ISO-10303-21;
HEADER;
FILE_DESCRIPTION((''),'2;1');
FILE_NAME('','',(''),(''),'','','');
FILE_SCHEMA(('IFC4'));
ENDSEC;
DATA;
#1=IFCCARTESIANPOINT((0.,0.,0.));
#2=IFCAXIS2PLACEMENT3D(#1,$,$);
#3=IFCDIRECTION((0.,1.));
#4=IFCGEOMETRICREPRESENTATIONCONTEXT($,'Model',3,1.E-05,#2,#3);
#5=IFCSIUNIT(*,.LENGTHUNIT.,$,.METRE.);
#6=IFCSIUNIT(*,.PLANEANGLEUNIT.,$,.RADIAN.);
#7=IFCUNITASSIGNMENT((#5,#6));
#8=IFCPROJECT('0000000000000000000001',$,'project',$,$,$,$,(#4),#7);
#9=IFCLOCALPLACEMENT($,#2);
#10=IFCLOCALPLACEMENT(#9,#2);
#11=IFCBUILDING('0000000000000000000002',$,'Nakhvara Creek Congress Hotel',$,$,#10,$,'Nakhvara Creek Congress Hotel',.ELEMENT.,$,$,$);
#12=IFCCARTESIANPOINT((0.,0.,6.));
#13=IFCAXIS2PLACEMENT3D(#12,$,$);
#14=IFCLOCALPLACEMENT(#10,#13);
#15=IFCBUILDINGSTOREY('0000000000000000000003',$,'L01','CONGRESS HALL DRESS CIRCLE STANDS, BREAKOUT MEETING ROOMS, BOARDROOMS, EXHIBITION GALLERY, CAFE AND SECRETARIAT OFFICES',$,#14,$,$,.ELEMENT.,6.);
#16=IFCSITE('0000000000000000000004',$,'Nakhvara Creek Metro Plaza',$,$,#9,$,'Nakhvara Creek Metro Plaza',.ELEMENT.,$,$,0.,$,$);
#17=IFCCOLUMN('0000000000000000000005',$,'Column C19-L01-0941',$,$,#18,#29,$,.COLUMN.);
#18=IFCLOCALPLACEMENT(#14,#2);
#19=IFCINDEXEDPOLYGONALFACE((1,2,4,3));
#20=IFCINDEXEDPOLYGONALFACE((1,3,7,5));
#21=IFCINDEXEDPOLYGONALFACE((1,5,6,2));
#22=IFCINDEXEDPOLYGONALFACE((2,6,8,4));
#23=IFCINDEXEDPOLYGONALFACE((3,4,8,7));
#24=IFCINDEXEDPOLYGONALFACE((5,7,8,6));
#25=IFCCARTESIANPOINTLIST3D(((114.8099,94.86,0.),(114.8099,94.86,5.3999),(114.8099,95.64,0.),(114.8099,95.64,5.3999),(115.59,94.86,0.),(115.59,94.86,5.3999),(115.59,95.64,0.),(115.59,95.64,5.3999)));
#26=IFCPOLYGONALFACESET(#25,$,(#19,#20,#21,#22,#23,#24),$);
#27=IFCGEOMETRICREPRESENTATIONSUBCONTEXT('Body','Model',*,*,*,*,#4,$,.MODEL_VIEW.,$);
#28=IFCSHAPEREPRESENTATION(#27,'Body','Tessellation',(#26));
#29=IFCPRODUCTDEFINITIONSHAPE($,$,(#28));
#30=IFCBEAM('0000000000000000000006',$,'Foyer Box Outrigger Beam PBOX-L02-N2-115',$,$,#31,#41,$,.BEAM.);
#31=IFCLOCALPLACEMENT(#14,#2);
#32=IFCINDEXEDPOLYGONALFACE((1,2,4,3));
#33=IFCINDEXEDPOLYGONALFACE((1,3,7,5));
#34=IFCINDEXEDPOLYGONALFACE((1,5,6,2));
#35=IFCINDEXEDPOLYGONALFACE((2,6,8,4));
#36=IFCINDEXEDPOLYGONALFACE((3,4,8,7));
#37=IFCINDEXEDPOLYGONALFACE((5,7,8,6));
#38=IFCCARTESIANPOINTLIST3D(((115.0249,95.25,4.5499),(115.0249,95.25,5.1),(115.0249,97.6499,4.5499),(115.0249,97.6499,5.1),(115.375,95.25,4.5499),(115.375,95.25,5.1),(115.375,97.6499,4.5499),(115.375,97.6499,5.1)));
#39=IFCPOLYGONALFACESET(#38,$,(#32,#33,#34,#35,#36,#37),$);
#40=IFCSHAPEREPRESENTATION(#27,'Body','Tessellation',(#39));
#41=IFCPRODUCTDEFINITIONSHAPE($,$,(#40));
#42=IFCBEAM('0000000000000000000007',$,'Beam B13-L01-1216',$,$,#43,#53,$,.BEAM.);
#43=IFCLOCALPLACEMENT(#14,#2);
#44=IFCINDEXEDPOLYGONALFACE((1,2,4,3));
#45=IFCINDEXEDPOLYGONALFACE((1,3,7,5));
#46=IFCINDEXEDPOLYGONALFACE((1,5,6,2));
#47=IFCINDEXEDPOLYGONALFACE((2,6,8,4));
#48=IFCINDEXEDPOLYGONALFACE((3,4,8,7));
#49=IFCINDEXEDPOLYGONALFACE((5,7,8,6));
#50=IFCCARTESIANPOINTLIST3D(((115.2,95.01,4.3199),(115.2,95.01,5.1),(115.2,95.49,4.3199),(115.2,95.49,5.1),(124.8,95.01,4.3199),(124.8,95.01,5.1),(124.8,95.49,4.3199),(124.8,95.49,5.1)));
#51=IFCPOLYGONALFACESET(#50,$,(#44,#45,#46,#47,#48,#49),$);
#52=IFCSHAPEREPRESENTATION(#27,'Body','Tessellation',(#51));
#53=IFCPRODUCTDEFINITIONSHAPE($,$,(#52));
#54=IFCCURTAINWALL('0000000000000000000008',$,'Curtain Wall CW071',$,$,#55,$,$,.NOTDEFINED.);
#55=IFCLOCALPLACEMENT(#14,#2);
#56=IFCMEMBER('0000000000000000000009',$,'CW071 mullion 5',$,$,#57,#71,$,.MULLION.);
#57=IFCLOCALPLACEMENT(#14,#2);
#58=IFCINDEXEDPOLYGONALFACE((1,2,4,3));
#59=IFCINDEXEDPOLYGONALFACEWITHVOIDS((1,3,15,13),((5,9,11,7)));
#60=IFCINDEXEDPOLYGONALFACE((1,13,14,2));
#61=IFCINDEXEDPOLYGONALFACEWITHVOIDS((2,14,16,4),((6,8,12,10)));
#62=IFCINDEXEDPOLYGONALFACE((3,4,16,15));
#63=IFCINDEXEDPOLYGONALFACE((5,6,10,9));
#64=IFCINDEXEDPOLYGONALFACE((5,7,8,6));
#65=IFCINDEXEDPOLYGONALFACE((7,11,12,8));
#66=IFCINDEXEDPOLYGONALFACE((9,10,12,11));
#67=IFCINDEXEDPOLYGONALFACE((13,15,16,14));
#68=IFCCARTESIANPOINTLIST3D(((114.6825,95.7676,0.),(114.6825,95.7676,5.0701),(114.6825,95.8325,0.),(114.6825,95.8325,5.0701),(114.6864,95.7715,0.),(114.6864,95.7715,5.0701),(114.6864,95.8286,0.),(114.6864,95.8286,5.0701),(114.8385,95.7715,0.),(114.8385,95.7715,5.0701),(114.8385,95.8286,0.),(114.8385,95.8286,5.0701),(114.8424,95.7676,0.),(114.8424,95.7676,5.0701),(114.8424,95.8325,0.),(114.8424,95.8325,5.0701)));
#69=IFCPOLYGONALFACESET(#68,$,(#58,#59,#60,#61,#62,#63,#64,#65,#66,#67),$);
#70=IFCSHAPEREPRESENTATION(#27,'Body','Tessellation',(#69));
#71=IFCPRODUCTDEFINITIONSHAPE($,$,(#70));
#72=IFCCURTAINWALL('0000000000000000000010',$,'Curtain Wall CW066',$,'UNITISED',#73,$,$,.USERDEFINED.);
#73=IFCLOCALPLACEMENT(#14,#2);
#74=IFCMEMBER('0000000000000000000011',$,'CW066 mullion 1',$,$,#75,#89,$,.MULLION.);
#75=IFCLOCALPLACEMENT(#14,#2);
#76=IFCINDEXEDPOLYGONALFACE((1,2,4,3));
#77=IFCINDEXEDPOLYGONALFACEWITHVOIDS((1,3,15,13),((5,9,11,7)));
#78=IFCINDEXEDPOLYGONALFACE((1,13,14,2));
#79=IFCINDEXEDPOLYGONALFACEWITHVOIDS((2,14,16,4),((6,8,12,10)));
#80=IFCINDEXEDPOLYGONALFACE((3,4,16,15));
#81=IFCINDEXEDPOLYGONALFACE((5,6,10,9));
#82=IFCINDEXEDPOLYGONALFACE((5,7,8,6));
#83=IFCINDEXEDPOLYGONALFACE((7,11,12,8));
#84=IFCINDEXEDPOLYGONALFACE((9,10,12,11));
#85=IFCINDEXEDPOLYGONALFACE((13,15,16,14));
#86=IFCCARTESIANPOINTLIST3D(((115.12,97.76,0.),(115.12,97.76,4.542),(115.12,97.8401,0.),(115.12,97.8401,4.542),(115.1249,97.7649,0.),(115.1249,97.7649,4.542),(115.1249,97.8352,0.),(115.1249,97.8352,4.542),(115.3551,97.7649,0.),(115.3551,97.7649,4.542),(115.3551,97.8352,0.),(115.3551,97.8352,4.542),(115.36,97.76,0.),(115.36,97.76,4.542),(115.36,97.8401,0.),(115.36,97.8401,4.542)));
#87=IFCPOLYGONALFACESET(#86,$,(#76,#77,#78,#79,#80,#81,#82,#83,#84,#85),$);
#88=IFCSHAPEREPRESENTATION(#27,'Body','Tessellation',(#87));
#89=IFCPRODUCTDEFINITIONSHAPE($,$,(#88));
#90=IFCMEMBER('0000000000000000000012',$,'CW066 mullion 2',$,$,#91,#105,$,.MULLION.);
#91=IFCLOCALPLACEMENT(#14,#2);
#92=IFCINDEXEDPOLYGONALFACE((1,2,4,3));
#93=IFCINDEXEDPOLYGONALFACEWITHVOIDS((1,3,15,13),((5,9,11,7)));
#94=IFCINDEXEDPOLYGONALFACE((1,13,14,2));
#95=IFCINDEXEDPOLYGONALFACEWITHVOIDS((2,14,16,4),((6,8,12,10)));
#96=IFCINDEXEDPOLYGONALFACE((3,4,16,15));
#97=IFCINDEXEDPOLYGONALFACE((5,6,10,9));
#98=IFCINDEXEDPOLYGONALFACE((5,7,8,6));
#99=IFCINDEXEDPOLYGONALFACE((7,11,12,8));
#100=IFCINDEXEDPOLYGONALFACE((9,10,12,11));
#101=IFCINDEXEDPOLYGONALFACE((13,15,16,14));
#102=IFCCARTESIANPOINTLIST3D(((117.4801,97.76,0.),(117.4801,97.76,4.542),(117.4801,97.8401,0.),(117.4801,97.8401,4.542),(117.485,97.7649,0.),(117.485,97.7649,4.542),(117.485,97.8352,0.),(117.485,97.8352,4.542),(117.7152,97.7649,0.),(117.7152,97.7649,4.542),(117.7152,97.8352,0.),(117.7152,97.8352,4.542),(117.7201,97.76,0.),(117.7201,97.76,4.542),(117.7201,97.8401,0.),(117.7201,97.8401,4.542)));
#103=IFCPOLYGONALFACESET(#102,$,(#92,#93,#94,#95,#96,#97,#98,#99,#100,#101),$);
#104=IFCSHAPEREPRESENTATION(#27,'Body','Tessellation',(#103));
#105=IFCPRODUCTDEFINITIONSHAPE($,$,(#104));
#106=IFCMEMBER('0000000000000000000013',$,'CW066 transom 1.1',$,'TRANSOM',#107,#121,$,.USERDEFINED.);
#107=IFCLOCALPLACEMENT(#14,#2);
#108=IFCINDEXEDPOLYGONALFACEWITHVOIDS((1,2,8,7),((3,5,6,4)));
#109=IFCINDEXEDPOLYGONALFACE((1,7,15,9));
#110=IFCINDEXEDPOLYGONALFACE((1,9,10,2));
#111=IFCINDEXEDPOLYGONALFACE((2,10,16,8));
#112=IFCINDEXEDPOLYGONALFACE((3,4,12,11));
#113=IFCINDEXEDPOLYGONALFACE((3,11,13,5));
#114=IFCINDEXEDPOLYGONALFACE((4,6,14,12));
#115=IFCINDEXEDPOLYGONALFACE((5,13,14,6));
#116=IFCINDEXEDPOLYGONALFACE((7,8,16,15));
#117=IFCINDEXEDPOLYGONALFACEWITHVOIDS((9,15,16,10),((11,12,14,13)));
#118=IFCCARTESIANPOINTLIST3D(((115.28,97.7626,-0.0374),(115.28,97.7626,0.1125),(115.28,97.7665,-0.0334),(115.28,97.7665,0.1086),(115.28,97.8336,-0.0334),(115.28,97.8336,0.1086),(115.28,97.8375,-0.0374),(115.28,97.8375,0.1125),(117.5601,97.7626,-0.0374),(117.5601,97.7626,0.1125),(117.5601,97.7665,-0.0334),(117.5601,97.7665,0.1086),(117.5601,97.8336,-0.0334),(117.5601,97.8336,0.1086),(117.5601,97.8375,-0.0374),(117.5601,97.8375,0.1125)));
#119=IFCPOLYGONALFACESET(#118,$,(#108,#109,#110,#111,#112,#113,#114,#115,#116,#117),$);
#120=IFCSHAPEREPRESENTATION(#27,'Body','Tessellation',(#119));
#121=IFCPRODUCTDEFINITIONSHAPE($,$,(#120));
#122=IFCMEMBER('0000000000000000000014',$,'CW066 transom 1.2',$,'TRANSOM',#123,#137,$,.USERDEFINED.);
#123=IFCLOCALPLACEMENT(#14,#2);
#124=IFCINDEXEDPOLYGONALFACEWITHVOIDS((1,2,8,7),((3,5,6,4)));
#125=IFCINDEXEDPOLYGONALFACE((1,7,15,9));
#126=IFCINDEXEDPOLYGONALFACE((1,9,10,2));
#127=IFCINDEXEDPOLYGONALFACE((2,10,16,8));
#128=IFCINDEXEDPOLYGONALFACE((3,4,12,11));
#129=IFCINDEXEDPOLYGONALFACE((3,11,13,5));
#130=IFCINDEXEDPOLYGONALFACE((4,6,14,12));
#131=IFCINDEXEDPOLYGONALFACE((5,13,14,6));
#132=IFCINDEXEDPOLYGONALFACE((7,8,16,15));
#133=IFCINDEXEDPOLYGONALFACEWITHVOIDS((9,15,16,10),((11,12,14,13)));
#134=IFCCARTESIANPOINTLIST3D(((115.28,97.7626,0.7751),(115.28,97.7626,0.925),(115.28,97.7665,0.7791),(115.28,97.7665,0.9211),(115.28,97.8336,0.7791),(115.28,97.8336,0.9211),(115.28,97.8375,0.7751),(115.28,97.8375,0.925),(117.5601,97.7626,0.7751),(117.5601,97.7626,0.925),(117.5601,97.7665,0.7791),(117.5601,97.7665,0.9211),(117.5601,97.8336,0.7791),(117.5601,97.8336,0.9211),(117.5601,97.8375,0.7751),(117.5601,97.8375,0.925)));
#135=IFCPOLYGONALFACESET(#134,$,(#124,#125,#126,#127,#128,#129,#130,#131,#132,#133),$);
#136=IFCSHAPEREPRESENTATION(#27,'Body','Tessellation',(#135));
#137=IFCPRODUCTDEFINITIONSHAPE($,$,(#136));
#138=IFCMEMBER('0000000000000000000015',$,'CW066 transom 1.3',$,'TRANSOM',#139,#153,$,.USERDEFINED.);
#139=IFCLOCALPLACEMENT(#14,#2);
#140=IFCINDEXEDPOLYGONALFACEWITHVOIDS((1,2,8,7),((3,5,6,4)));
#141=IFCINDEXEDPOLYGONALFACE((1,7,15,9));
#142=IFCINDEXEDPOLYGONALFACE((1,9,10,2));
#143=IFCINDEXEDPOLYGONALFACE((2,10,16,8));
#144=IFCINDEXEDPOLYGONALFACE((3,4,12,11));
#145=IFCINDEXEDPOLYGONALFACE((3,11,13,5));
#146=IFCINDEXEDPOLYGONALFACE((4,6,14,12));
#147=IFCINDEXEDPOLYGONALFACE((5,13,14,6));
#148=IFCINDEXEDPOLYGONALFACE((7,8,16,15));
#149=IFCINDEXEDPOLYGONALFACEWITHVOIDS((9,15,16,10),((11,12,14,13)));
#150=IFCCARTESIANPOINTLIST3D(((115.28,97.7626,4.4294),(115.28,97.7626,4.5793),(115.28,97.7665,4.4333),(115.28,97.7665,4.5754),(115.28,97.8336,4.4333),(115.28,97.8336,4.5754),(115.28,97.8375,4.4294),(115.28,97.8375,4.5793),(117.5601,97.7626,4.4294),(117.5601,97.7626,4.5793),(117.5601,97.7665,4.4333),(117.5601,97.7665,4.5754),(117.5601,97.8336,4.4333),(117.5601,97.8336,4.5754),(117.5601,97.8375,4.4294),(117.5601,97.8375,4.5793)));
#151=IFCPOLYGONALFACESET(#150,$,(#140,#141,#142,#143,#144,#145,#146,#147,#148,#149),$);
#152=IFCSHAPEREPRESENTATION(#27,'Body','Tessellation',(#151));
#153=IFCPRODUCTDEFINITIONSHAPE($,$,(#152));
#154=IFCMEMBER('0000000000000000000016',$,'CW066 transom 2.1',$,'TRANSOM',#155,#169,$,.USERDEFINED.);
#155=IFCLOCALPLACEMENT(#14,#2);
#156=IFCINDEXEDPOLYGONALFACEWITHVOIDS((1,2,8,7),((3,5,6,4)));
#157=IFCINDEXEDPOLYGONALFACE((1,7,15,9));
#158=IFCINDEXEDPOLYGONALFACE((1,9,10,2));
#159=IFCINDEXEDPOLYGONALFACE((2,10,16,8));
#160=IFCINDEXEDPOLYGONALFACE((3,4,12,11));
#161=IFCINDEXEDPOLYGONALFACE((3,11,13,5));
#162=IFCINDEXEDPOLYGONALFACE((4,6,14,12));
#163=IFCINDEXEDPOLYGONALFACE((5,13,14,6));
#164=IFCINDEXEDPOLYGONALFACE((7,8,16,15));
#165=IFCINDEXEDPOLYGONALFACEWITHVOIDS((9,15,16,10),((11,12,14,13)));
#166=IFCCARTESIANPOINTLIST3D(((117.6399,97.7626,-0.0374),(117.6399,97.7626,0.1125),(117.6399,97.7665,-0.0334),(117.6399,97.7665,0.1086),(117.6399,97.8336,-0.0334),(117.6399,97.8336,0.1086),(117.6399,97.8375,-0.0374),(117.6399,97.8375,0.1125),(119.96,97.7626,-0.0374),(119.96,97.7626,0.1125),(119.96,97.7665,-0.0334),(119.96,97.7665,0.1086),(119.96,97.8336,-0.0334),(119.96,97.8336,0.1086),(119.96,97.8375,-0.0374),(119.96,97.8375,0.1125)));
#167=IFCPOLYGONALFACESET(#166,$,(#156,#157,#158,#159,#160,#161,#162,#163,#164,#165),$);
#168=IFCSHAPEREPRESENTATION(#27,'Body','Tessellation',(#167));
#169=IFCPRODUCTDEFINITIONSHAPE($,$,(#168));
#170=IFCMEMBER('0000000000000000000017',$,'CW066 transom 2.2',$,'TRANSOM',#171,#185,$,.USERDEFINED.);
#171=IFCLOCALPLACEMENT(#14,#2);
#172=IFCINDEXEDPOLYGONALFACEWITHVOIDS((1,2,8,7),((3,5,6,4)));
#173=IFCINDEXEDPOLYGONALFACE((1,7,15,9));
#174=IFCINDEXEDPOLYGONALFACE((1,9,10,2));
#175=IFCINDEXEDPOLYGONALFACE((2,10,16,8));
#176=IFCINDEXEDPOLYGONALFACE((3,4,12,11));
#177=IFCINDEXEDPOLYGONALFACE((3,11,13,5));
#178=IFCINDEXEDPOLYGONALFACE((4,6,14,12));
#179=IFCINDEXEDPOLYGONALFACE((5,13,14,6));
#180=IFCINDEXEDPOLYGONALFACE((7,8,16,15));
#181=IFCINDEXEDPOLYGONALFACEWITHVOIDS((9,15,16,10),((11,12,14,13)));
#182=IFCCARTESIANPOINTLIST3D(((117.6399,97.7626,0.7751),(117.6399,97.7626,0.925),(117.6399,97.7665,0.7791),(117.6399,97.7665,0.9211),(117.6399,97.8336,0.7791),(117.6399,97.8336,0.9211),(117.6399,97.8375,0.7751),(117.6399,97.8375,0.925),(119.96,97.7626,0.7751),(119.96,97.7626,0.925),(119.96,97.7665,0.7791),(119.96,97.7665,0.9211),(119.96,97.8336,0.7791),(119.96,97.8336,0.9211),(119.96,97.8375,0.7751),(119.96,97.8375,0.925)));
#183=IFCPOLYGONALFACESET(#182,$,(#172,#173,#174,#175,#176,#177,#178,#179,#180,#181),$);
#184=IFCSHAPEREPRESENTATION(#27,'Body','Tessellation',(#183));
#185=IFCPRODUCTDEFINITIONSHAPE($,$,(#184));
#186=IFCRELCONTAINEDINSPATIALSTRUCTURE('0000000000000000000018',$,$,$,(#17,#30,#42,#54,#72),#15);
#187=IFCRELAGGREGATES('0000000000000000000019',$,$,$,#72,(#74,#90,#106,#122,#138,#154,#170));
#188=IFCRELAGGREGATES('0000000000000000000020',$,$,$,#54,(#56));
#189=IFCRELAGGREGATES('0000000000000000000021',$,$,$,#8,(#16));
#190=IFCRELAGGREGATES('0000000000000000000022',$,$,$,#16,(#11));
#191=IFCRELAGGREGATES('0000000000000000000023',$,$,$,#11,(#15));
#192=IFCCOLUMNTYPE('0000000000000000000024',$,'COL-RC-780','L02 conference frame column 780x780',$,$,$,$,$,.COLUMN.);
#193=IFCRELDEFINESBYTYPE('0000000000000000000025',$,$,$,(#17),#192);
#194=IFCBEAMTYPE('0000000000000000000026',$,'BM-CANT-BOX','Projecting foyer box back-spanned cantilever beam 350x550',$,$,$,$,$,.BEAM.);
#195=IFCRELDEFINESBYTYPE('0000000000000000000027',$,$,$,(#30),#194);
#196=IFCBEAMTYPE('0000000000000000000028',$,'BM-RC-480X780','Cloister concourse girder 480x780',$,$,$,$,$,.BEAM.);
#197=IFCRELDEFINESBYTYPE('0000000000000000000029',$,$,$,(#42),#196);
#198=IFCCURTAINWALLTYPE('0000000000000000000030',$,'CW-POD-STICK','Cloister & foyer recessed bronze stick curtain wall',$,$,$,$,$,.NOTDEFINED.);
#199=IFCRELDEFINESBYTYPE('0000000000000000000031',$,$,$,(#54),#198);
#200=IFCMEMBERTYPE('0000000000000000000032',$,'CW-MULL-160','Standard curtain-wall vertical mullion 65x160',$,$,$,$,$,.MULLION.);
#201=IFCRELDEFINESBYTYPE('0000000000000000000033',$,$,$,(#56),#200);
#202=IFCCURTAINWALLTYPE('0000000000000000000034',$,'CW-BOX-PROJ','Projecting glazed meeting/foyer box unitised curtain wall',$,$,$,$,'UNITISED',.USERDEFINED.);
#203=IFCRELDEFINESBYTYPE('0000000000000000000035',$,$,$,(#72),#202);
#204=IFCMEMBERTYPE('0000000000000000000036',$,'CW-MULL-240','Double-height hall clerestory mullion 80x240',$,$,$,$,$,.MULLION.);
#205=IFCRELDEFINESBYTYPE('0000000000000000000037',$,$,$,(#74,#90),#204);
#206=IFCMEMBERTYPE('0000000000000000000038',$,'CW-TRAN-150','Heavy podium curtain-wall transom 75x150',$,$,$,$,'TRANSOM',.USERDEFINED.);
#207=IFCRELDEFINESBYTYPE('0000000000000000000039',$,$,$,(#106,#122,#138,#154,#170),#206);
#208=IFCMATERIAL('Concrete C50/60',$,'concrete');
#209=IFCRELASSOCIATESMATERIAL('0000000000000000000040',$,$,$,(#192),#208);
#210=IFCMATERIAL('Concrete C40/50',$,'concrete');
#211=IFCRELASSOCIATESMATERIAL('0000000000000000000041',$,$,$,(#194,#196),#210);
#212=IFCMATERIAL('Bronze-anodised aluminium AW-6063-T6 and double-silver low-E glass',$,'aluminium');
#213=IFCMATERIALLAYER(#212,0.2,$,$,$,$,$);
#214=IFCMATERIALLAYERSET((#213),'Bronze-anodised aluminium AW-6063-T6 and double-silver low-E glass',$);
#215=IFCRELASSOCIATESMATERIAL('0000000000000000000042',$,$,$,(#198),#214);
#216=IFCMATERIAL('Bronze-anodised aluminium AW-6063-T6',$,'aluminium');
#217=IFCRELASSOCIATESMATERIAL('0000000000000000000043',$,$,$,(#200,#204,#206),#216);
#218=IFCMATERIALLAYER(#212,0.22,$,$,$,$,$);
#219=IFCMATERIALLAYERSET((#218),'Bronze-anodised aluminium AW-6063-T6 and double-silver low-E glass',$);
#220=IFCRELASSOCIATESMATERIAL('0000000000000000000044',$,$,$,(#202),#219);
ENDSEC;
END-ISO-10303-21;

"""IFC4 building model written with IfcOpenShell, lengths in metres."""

from ifc_helpers import new_model, si_unit, direction, frame, origin, origin_2d, place, context, subcontext, project, spatial, rectangle, hollow_rectangle, extrude, material, layer, layer_set, material_profile, profile_set, type_object, element, aggregate, save


model = new_model("IFC4")

# Units and contexts
model_context = context("Model", 3, precision=1e-05, world=origin(), true_north=direction((0.0, 1.0)))
body_context = subcontext(model_context, "Body", "Model", "MODEL_VIEW")
ifc_project = project(units=[si_unit("LENGTHUNIT", "METRE"), si_unit("PLANEANGLEUNIT", "RADIAN")], contexts=[model_context])

# Site, building, storey
site_placement = place(None, origin())
site = spatial("IfcSite", under=ifc_project, at=site_placement, Name="Nakhvara Creek Metro Plaza", LongName="Nakhvara Creek Metro Plaza", CompositionType="ELEMENT", RefElevation=0.0)
building_placement = place(site_placement, origin())
building = spatial("IfcBuilding", under=site, at=building_placement, Name="Nakhvara Creek Congress Hotel", LongName="Nakhvara Creek Congress Hotel", CompositionType="ELEMENT")
storey_placement = place(building_placement, frame((0.0, 0.0, 6.0)))
storey = spatial("IfcBuildingStorey", under=building, at=storey_placement, Name="L01", Description="CONGRESS HALL DRESS CIRCLE STANDS, BREAKOUT MEETING ROOMS, BOARDROOMS, EXHIBITION GALLERY, CAFE AND SECRETARIAT OFFICES", CompositionType="ELEMENT", Elevation=6.0)

# Column
ifc_material_1 = material(Name="Concrete C50/60", Category="concrete")
ifc_material_profile_1 = material_profile(ifc_material_1, rectangle(XDim=0.78, YDim=0.78, at=origin_2d()), Name="RC-COL 780x780", Category="LoadBearing")
ifc_profile_set_1 = profile_set([ifc_material_profile_1], Name="Concrete C50/60")
column_type = type_object("IfcColumnType", Name="COL-RC-780", Description="L02 conference frame column 780x780", PredefinedType="COLUMN", material=ifc_profile_set_1)
column_placement = place(storey_placement, frame((115.2, 95.25, 0.0), z_axis=(0.0, 0.0, 1.0), x_axis=(1.0, 0.0, 0.0)))
element("IfcColumn", 1, at=column_placement, inside=storey, type_object=column_type, Name="Column C19-L01-0941", PredefinedType="COLUMN", context=body_context, shape_type="SweptSolid", body=[
    extrude(rectangle(XDim=0.78, YDim=0.78, at=origin_2d()), origin(), (0.0, 0.0, 1.0), 5.3999),
])

# Beams
ifc_material_2 = material(Name="Concrete C40/50", Category="concrete")
ifc_material_profile_2 = material_profile(ifc_material_2, rectangle(XDim=0.3501, YDim=0.55, at=origin_2d()), Name="RC-BM 350x550", Category="LoadBearing")
ifc_profile_set_2 = profile_set([ifc_material_profile_2], Name="Concrete C40/50")
beam_type_1 = type_object("IfcBeamType", Name="BM-CANT-BOX", Description="Projecting foyer box back-spanned cantilever beam 350x550", PredefinedType="BEAM", material=ifc_profile_set_2)
beam_1_placement = place(storey_placement, frame((115.2, 95.25, 4.825), z_axis=(0.0, 1.0, 0.0), x_axis=(-1.0, 0.0, 0.0)))
element("IfcBeam", 2, at=beam_1_placement, inside=storey, type_object=beam_type_1, Name="Foyer Box Outrigger Beam PBOX-L02-N2-115", PredefinedType="BEAM", context=body_context, shape_type="SweptSolid", body=[
    extrude(rectangle(XDim=0.3501, YDim=0.55, at=origin_2d()), origin(), (0.0, 0.0, 1.0), 2.3999),
])
ifc_material_profile_3 = material_profile(ifc_material_2, rectangle(XDim=0.48, YDim=0.78, at=origin_2d()), Name="RC-BM 480x780", Category="LoadBearing")
ifc_profile_set_3 = profile_set([ifc_material_profile_3], Name="Concrete C40/50")
beam_type_2 = type_object("IfcBeamType", Name="BM-RC-480X780", Description="Cloister concourse girder 480x780", PredefinedType="BEAM", material=ifc_profile_set_3)
beam_2_placement = place(storey_placement, frame((115.2, 95.25, 4.71), z_axis=(1.0, 0.0, 0.0), x_axis=(0.0, 1.0, 0.0)))
element("IfcBeam", 3, at=beam_2_placement, inside=storey, type_object=beam_type_2, Name="Beam B13-L01-1216", PredefinedType="BEAM", context=body_context, shape_type="SweptSolid", body=[
    extrude(rectangle(XDim=0.48, YDim=0.78, at=origin_2d()), origin(), (0.0, 0.0, 1.0), 9.6001),
])

# Curtain wall, member
ifc_material_3 = material(Name="Bronze-anodised aluminium AW-6063-T6 and double-silver low-E glass", Category="aluminium")
ifc_layer_1 = layer(ifc_material_3, 0.2)
ifc_layer_set_1 = layer_set([ifc_layer_1], Name="Bronze-anodised aluminium AW-6063-T6 and double-silver low-E glass")
curtain_wall_type_1 = type_object("IfcCurtainWallType", Name="CW-POD-STICK", Description="Cloister & foyer recessed bronze stick curtain wall", PredefinedType="NOTDEFINED", material=ifc_layer_set_1)
curtain_wall_1_placement = place(storey_placement, origin())
curtain_wall_1 = element("IfcCurtainWall", 4, at=curtain_wall_1_placement, inside=storey, type_object=curtain_wall_type_1, Name="Curtain Wall CW071", PredefinedType="NOTDEFINED")
ifc_material_4 = material(Name="Bronze-anodised aluminium AW-6063-T6", Category="aluminium")
ifc_material_profile_4 = material_profile(ifc_material_4, hollow_rectangle(XDim=0.0649, YDim=0.1599, WallThickness=0.0039, at=origin_2d()), Name="ALU-MULL 65x160x4", Category="LoadBearing")
ifc_profile_set_4 = profile_set([ifc_material_profile_4], Name="Bronze-anodised aluminium AW-6063-T6")
member_type_1 = type_object("IfcMemberType", Name="CW-MULL-160", Description="Standard curtain-wall vertical mullion 65x160", PredefinedType="MULLION", material=ifc_profile_set_4)
member_1_placement = place(storey_placement, frame((114.7625, 95.8, 0.0), z_axis=(0.0, 0.0, 1.0), x_axis=(0.0, 1.0, 0.0)))
member_1 = element("IfcMember", 5, at=member_1_placement, type_object=member_type_1, Name="CW071 mullion 5", PredefinedType="MULLION", context=body_context, shape_type="SweptSolid", body=[
    extrude(hollow_rectangle(XDim=0.0649, YDim=0.1599, WallThickness=0.0039, at=origin_2d()), origin(), (0.0, 0.0, 1.0), 5.0701),
])

# Curtain wall, members
ifc_layer_2 = layer(ifc_material_3, 0.22)
ifc_layer_set_2 = layer_set([ifc_layer_2], Name="Bronze-anodised aluminium AW-6063-T6 and double-silver low-E glass")
curtain_wall_type_2 = type_object("IfcCurtainWallType", Name="CW-BOX-PROJ", Description="Projecting glazed meeting/foyer box unitised curtain wall", ElementType="UNITISED", PredefinedType="USERDEFINED", material=ifc_layer_set_2)
curtain_wall_2_placement = place(storey_placement, origin())
curtain_wall_2 = element("IfcCurtainWall", 6, at=curtain_wall_2_placement, inside=storey, type_object=curtain_wall_type_2, Name="Curtain Wall CW066", ObjectType="UNITISED", PredefinedType="USERDEFINED")
ifc_material_profile_5 = material_profile(ifc_material_4, hollow_rectangle(XDim=0.0801, YDim=0.24, WallThickness=0.0049, at=origin_2d()), Name="ALU-MULL 80x240x5", Category="LoadBearing")
ifc_profile_set_5 = profile_set([ifc_material_profile_5], Name="Bronze-anodised aluminium AW-6063-T6")
member_type_2 = type_object("IfcMemberType", Name="CW-MULL-240", Description="Double-height hall clerestory mullion 80x240", PredefinedType="MULLION", material=ifc_profile_set_5)
member_2_placement = place(storey_placement, frame((115.24, 97.8, 0.0), z_axis=(0.0, 0.0, 1.0), x_axis=(0.0, 1.0, 0.0)))
member_2 = element("IfcMember", 7, at=member_2_placement, type_object=member_type_2, Name="CW066 mullion 1", PredefinedType="MULLION", context=body_context, shape_type="SweptSolid", body=[
    extrude(hollow_rectangle(XDim=0.0801, YDim=0.24, WallThickness=0.0049, at=origin_2d()), origin(), (0.0, 0.0, 1.0), 4.542),
])
member_3_placement = place(storey_placement, frame((117.6001, 97.8, 0.0), z_axis=(0.0, 0.0, 1.0), x_axis=(0.0, 1.0, 0.0)))
member_3 = element("IfcMember", 8, at=member_3_placement, type_object=member_type_2, Name="CW066 mullion 2", PredefinedType="MULLION", context=body_context, shape_type="SweptSolid", body=[
    extrude(hollow_rectangle(XDim=0.0801, YDim=0.24, WallThickness=0.0049, at=origin_2d()), origin(), (0.0, 0.0, 1.0), 4.542),
])
ifc_material_profile_6 = material_profile(ifc_material_4, hollow_rectangle(XDim=0.075, YDim=0.1499, WallThickness=0.0039, at=origin_2d()), Name="ALU-TRAN 75x150x4", Category="LoadBearing")
ifc_profile_set_6 = profile_set([ifc_material_profile_6], Name="Bronze-anodised aluminium AW-6063-T6")
member_type_3 = type_object("IfcMemberType", Name="CW-TRAN-150", Description="Heavy podium curtain-wall transom 75x150", ElementType="TRANSOM", PredefinedType="USERDEFINED", material=ifc_profile_set_6)
member_4_placement = place(storey_placement, frame((115.28, 97.8, 0.0376), z_axis=(1.0, 0.0, 0.0), x_axis=(0.0, 1.0, 0.0)))
member_4 = element("IfcMember", 9, at=member_4_placement, type_object=member_type_3, Name="CW066 transom 1.1", ObjectType="TRANSOM", PredefinedType="USERDEFINED", context=body_context, shape_type="SweptSolid", body=[
    extrude(hollow_rectangle(XDim=0.075, YDim=0.1499, WallThickness=0.0039, at=origin_2d()), origin(), (0.0, 0.0, 1.0), 2.28),
])
member_5_placement = place(storey_placement, frame((115.28, 97.8, 0.8501), z_axis=(1.0, 0.0, 0.0), x_axis=(0.0, 1.0, 0.0)))
member_5 = element("IfcMember", 10, at=member_5_placement, type_object=member_type_3, Name="CW066 transom 1.2", ObjectType="TRANSOM", PredefinedType="USERDEFINED", context=body_context, shape_type="SweptSolid", body=[
    extrude(hollow_rectangle(XDim=0.075, YDim=0.1499, WallThickness=0.0039, at=origin_2d()), origin(), (0.0, 0.0, 1.0), 2.28),
])
member_6_placement = place(storey_placement, frame((115.28, 97.8, 4.5044), z_axis=(1.0, 0.0, 0.0), x_axis=(0.0, 1.0, 0.0)))
member_6 = element("IfcMember", 11, at=member_6_placement, type_object=member_type_3, Name="CW066 transom 1.3", ObjectType="TRANSOM", PredefinedType="USERDEFINED", context=body_context, shape_type="SweptSolid", body=[
    extrude(hollow_rectangle(XDim=0.075, YDim=0.1499, WallThickness=0.0039, at=origin_2d()), origin(), (0.0, 0.0, 1.0), 2.28),
])
member_7_placement = place(storey_placement, frame((117.6399, 97.8, 0.0376), z_axis=(1.0, 0.0, 0.0), x_axis=(0.0, 1.0, 0.0)))
member_7 = element("IfcMember", 12, at=member_7_placement, type_object=member_type_3, Name="CW066 transom 2.1", ObjectType="TRANSOM", PredefinedType="USERDEFINED", context=body_context, shape_type="SweptSolid", body=[
    extrude(hollow_rectangle(XDim=0.075, YDim=0.1499, WallThickness=0.0039, at=origin_2d()), origin(), (0.0, 0.0, 1.0), 2.3201),
])
member_8_placement = place(storey_placement, frame((117.6399, 97.8, 0.8501), z_axis=(1.0, 0.0, 0.0), x_axis=(0.0, 1.0, 0.0)))
member_8 = element("IfcMember", 13, at=member_8_placement, type_object=member_type_3, Name="CW066 transom 2.2", ObjectType="TRANSOM", PredefinedType="USERDEFINED", context=body_context, shape_type="SweptSolid", body=[
    extrude(hollow_rectangle(XDim=0.075, YDim=0.1499, WallThickness=0.0039, at=origin_2d()), origin(), (0.0, 0.0, 1.0), 2.3201),
])
aggregate(curtain_wall_2, [member_2, member_3, member_4, member_5, member_6, member_7, member_8])

aggregate(curtain_wall_1, [member_1])

save(model, "model.ifc")
